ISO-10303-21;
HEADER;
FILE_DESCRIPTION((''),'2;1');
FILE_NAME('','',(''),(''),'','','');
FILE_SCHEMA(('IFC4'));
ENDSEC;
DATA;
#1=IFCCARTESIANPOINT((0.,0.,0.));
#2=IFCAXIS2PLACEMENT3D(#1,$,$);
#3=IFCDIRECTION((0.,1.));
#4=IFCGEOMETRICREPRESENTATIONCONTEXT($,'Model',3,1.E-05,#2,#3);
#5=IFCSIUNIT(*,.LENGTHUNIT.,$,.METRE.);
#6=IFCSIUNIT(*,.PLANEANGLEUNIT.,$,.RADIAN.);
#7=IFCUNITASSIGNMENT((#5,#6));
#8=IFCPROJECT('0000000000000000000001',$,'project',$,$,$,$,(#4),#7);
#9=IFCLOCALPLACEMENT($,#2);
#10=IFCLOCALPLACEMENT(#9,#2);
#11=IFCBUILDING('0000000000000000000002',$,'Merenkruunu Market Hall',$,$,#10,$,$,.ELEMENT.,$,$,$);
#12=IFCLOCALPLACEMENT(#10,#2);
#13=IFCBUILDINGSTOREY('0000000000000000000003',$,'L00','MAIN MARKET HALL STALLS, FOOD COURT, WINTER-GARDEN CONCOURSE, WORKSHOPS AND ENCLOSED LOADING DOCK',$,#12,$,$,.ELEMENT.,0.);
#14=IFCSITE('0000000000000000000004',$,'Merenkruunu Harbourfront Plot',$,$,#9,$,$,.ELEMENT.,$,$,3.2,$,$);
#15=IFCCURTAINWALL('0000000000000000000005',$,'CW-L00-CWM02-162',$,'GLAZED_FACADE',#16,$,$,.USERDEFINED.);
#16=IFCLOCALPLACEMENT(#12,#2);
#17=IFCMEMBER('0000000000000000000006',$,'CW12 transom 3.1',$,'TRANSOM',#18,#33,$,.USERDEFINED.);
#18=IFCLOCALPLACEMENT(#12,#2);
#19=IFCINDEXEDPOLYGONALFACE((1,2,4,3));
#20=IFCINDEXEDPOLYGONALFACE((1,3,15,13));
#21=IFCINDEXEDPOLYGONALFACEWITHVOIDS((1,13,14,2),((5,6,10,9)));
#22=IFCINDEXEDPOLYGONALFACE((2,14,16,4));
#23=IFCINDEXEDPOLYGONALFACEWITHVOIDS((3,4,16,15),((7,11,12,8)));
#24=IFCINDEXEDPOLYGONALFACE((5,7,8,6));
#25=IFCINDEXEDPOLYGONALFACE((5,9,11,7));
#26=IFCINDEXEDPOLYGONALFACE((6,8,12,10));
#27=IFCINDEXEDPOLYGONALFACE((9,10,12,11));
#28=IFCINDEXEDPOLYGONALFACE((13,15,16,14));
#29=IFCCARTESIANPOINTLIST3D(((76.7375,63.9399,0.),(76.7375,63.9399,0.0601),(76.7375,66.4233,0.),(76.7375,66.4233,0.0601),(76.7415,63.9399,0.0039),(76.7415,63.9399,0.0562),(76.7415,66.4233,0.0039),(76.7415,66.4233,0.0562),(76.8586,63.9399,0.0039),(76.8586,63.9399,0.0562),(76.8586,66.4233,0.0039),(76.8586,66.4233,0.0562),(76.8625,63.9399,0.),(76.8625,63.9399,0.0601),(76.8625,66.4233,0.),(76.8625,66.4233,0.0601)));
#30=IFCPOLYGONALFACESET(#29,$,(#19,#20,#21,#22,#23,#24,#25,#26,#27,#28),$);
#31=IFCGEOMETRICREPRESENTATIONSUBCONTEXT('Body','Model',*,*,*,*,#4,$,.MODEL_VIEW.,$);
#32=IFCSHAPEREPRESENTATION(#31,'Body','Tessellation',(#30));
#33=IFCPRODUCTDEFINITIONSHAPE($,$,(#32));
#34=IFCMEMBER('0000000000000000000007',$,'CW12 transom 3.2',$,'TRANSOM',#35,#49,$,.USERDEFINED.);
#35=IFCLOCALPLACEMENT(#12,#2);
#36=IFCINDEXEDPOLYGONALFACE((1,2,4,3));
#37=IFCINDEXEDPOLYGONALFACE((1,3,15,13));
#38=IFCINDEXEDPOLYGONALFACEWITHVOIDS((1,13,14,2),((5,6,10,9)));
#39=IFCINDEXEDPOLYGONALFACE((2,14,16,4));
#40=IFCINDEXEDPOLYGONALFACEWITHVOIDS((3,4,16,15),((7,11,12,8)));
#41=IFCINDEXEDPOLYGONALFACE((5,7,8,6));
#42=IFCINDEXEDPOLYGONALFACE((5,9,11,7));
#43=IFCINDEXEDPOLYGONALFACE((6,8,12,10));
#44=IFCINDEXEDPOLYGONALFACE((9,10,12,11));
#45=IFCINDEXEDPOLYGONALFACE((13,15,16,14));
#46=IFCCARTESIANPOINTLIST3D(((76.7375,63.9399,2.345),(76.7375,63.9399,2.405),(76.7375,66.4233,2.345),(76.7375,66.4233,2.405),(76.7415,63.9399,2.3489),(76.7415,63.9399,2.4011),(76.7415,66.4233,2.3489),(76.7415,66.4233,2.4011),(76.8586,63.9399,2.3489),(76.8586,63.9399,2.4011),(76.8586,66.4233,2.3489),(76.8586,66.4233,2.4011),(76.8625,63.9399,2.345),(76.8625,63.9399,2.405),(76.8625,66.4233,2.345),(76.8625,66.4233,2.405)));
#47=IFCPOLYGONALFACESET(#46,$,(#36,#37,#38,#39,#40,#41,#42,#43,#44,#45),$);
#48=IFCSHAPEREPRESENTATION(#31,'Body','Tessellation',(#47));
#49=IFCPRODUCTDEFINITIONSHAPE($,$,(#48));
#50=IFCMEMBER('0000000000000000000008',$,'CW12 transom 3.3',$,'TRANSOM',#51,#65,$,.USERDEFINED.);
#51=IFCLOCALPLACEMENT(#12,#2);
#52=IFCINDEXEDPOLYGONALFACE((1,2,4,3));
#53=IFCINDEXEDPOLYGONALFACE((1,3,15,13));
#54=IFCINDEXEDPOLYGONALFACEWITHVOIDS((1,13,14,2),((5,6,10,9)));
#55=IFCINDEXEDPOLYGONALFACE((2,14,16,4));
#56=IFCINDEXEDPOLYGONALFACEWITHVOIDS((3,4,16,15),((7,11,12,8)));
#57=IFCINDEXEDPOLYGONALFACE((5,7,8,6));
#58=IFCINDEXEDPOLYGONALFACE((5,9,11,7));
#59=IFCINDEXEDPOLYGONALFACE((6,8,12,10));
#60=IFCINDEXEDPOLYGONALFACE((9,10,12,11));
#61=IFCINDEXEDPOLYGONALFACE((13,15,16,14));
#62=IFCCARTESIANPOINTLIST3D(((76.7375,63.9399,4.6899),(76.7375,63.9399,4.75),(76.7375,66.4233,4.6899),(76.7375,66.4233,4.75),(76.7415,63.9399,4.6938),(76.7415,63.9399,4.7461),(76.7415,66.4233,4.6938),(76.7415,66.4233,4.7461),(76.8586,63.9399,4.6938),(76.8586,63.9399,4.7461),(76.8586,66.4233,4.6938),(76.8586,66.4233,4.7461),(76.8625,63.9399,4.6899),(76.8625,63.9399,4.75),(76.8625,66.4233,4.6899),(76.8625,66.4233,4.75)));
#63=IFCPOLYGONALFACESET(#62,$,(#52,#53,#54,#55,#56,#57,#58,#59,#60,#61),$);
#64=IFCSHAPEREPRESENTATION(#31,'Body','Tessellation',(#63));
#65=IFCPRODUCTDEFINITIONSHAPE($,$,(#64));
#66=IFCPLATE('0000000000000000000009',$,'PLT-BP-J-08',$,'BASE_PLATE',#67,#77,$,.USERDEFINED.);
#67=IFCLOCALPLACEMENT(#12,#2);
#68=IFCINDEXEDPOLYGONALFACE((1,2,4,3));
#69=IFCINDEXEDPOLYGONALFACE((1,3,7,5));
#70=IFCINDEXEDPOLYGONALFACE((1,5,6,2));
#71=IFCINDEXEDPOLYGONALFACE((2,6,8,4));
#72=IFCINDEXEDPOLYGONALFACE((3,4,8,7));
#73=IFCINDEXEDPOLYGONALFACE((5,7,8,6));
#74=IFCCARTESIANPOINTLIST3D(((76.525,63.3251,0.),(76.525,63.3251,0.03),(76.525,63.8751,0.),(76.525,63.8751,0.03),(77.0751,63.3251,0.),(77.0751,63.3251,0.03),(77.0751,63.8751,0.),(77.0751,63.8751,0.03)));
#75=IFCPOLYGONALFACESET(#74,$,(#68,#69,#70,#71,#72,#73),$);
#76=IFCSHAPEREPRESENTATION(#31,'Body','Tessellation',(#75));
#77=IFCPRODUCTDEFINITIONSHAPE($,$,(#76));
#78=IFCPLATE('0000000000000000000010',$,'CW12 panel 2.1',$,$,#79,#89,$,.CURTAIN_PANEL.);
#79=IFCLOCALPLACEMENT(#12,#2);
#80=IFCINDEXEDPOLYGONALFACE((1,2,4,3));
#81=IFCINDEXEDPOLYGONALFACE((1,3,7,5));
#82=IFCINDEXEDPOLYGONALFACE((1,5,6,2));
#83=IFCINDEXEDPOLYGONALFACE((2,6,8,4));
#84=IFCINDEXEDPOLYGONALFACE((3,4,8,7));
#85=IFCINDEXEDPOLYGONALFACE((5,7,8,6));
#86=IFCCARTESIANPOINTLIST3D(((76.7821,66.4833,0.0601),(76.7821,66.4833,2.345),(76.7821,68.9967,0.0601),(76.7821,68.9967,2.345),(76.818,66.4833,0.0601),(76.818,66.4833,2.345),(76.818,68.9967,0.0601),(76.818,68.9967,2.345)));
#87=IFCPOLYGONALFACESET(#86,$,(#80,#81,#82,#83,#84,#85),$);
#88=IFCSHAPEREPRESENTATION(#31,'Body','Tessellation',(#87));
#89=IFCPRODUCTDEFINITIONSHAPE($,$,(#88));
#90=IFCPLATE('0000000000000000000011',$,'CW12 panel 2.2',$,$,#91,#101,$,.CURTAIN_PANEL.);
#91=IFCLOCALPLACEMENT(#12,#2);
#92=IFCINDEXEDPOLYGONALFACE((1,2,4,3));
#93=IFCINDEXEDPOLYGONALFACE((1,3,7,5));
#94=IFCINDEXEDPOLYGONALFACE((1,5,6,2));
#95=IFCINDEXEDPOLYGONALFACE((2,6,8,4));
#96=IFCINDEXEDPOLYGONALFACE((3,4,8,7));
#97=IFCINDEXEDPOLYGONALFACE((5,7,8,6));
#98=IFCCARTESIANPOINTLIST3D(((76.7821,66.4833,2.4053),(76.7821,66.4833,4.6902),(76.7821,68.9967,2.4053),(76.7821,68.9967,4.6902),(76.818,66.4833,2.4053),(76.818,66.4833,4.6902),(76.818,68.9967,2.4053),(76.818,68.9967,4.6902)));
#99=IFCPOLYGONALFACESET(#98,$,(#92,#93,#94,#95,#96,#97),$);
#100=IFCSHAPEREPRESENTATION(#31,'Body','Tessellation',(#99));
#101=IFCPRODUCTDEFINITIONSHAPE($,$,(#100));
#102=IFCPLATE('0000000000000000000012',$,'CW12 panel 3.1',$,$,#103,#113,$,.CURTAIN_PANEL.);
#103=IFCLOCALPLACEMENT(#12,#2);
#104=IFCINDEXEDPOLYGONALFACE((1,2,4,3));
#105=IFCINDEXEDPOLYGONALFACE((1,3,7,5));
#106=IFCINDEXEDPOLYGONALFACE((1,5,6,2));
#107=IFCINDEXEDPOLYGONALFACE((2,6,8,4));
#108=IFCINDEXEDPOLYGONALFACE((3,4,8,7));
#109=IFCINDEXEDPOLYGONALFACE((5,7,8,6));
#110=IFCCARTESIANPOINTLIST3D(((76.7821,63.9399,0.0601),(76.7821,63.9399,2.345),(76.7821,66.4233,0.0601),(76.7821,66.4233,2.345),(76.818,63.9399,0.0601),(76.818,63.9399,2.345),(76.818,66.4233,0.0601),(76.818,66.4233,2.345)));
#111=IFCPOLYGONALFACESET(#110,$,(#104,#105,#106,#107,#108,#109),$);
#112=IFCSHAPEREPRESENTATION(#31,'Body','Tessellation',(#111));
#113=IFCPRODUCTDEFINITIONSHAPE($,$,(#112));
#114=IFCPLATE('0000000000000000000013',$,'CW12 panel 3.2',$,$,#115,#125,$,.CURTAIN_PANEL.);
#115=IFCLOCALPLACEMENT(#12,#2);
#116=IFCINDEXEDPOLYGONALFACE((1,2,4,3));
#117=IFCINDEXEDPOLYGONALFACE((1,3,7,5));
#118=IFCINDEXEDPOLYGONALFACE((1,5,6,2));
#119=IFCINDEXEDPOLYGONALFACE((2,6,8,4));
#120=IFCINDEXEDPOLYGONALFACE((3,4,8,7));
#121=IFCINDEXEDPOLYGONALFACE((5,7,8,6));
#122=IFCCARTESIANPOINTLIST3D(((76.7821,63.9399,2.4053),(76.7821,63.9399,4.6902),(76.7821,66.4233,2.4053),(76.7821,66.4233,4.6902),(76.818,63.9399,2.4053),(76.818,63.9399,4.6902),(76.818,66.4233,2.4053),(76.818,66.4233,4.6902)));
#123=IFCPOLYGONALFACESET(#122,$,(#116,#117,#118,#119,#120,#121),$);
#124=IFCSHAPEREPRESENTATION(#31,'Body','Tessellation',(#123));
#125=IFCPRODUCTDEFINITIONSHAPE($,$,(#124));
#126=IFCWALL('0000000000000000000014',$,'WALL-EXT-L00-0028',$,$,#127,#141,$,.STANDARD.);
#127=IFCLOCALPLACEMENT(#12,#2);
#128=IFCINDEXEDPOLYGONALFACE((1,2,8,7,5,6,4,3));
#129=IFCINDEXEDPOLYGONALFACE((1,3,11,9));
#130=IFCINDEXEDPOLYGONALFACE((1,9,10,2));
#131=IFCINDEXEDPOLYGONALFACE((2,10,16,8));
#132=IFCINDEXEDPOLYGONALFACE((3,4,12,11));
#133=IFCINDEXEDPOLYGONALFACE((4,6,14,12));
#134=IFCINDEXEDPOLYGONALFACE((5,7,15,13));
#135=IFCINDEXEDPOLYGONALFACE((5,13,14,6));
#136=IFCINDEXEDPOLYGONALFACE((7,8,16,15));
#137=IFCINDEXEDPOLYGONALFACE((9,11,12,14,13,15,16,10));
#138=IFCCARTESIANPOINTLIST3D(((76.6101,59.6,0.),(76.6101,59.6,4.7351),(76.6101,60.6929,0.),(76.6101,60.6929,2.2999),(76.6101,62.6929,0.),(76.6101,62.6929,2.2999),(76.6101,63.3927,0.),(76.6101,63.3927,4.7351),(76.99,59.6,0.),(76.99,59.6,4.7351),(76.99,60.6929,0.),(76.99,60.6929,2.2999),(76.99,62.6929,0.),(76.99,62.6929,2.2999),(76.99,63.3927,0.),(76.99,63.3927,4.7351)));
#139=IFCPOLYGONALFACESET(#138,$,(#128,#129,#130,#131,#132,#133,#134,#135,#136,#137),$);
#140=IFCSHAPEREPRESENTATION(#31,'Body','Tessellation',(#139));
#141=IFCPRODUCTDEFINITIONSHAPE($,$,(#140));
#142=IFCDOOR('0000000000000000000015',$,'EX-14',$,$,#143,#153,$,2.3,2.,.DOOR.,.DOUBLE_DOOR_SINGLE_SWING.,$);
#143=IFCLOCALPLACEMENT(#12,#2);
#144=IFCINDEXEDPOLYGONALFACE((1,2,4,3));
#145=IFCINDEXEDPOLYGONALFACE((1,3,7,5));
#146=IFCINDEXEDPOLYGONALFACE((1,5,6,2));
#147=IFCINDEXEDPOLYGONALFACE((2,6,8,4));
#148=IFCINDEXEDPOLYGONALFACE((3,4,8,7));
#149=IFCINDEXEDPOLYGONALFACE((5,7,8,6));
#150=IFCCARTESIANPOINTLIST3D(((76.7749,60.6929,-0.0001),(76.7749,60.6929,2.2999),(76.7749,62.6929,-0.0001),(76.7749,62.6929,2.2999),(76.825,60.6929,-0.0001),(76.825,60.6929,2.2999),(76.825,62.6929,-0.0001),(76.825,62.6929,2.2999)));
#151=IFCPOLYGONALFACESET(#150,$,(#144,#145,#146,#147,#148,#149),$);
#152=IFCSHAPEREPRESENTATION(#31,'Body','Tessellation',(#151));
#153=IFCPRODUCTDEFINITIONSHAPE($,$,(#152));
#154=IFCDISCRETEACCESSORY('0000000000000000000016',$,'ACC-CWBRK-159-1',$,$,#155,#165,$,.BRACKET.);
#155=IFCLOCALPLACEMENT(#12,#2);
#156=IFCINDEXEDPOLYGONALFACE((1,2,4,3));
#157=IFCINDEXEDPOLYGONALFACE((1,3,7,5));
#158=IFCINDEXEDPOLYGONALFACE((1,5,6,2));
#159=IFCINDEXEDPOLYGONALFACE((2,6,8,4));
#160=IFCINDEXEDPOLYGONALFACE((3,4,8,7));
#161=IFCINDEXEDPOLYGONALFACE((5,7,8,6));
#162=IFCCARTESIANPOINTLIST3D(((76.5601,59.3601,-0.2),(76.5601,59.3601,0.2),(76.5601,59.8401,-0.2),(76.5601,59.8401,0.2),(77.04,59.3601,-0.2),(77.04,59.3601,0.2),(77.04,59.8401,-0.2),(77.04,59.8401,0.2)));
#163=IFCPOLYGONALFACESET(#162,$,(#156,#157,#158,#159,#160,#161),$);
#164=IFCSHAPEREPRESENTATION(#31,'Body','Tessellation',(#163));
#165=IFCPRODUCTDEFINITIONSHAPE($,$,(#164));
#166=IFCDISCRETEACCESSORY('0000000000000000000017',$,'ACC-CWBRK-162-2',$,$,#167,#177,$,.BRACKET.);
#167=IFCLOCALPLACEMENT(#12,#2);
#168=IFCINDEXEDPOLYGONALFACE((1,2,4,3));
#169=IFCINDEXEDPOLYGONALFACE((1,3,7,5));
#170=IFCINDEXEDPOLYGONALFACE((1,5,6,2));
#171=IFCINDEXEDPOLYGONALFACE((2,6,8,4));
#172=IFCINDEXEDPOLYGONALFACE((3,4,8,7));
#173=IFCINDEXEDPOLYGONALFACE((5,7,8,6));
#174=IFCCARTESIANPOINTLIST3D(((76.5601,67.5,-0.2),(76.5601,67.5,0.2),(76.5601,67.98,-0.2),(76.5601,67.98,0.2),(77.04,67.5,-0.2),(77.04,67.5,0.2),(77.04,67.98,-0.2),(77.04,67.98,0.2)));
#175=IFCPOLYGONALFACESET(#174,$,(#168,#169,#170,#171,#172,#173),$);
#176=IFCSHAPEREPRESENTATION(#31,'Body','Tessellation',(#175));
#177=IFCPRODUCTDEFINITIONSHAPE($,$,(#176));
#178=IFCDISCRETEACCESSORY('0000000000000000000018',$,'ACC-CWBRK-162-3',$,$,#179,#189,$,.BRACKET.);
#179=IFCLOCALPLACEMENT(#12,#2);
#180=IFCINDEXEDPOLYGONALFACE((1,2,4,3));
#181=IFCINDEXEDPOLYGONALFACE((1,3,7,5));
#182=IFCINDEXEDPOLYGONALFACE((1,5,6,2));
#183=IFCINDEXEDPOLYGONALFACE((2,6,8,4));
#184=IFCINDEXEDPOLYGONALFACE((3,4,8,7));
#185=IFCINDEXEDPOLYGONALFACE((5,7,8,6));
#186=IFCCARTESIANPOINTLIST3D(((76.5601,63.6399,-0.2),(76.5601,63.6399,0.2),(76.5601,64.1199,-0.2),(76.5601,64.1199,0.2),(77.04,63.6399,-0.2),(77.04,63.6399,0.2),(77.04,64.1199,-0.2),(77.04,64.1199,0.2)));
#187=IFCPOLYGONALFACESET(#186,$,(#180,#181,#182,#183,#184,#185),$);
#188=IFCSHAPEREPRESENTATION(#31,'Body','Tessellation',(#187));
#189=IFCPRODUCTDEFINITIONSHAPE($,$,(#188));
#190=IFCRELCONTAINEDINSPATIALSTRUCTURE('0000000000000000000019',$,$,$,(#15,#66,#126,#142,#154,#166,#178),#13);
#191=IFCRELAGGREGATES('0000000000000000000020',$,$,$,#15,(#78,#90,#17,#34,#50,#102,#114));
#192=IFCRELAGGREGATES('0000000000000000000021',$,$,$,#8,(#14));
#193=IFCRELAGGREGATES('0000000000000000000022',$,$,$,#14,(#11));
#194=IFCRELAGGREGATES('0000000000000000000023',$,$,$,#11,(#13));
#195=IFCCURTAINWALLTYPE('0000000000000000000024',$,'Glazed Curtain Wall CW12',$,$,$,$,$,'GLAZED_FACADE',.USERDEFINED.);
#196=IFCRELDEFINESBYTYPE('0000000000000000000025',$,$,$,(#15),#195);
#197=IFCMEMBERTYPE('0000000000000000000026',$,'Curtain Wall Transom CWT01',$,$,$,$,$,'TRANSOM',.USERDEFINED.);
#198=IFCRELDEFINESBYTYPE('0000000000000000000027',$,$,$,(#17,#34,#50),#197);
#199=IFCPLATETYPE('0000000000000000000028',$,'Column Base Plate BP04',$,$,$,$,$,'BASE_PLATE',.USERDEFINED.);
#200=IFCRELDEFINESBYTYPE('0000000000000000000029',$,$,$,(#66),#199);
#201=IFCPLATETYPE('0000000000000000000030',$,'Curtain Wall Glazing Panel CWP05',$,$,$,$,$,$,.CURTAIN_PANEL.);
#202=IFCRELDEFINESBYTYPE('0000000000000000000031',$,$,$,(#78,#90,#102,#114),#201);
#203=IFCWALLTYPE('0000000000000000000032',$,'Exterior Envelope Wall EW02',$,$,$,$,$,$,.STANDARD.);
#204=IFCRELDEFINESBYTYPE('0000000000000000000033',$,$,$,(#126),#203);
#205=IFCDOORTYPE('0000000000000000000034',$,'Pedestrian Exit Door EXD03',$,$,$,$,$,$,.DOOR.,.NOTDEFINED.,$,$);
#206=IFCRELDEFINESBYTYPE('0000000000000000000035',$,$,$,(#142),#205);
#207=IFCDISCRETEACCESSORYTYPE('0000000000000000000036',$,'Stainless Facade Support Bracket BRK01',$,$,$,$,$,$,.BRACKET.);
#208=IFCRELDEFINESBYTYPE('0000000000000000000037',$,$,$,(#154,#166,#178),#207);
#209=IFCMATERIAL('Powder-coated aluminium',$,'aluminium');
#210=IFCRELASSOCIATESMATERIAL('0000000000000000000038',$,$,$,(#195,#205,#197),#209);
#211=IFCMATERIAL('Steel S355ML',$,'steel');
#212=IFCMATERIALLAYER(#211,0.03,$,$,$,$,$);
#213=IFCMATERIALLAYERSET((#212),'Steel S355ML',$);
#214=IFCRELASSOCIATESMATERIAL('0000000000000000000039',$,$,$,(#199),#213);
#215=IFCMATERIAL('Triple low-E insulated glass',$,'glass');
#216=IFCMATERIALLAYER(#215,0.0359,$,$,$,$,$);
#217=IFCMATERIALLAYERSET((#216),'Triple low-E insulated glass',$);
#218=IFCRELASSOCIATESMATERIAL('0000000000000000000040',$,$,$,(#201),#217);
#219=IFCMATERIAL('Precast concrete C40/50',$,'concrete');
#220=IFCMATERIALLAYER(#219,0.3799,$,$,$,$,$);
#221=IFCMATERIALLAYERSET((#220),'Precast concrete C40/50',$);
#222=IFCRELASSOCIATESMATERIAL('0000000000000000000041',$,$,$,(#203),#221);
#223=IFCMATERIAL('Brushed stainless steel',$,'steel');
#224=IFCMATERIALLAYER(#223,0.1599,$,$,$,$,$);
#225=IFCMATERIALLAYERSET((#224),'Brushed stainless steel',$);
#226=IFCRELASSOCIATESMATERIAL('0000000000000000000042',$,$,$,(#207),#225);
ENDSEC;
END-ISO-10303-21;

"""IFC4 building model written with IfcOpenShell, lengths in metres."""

from ifc_helpers import new_model, si_unit, direction, frame, frame_2d, origin, origin_2d, place, context, subcontext, project, spatial, rectangle, hollow_rectangle, extrude, material, layer, layer_set, material_profile, profile_set, type_object, element, fill, aggregate, save


model = new_model("IFC4")

# Units and contexts
model_context = context("Model", 3, precision=1e-05, world=origin(), true_north=direction((0.0, 1.0)))
body_context = subcontext(model_context, "Body", "Model", "MODEL_VIEW")
ifc_project = project(units=[si_unit("LENGTHUNIT", "METRE"), si_unit("PLANEANGLEUNIT", "RADIAN")], contexts=[model_context])

# Site, building, storey
site_placement = place(None, origin())
site = spatial("IfcSite", under=ifc_project, at=site_placement, Name="Merenkruunu Harbourfront Plot", CompositionType="ELEMENT", RefElevation=3.2)
building_placement = place(site_placement, origin())
building = spatial("IfcBuilding", under=site, at=building_placement, Name="Merenkruunu Market Hall", CompositionType="ELEMENT")
storey_placement = place(building_placement, origin())
storey = spatial("IfcBuildingStorey", under=building, at=storey_placement, Name="L00", Description="MAIN MARKET HALL STALLS, FOOD COURT, WINTER-GARDEN CONCOURSE, WORKSHOPS AND ENCLOSED LOADING DOCK", CompositionType="ELEMENT", Elevation=0.0)

# Shared definitions
ifc_material_1 = material(Name="Steel S355ML", Category="steel")

# Shared definitions
ifc_material_2 = material(Name="Powder-coated aluminium", Category="aluminium")
curtain_wall_type = type_object("IfcCurtainWallType", Name="Glazed Curtain Wall CW12", ElementType="GLAZED_FACADE", PredefinedType="USERDEFINED", material=ifc_material_2)

# Curtain wall
curtain_wall_1_placement = place(storey_placement, origin())
curtain_wall_1 = element("IfcCurtainWall", 1, at=curtain_wall_1_placement, inside=storey, type_object=curtain_wall_type, Name="CW-L00-CWM02-162", ObjectType="GLAZED_FACADE", PredefinedType="USERDEFINED")

# Members
ifc_material_profile_1 = material_profile(ifc_material_2, hollow_rectangle(XDim=0.0601, YDim=0.125, WallThickness=0.0039, at=origin_2d()), Name="ALU 60x125x4")
ifc_profile_set_1 = profile_set([ifc_material_profile_1], Name="Powder-coated aluminium")
member_type_1 = type_object("IfcMemberType", Name="Curtain Wall Transom CWT01", ElementType="TRANSOM", PredefinedType="USERDEFINED", material=ifc_profile_set_1)
member_1_placement = place(storey_placement, frame((76.8, 66.4233, 0.03), z_axis=(0.0, -1.0, 0.0), x_axis=(0.0, 0.0, 1.0)))
member_1 = element("IfcMember", 2, at=member_1_placement, type_object=member_type_1, Name="CW12 transom 3.1", ObjectType="TRANSOM", PredefinedType="USERDEFINED", context=body_context, shape_type="SweptSolid", body=[
    extrude(hollow_rectangle(XDim=0.0601, YDim=0.125, WallThickness=0.0039, at=origin_2d()), origin(), (0.0, 0.0, 1.0), 2.4834),
])
member_2_placement = place(storey_placement, frame((76.8, 66.4233, 2.375), z_axis=(0.0, -1.0, 0.0), x_axis=(0.0, 0.0, 1.0)))
member_2 = element("IfcMember", 3, at=member_2_placement, type_object=member_type_1, Name="CW12 transom 3.2", ObjectType="TRANSOM", PredefinedType="USERDEFINED", context=body_context, shape_type="SweptSolid", body=[
    extrude(hollow_rectangle(XDim=0.0601, YDim=0.125, WallThickness=0.0039, at=origin_2d()), origin(), (0.0, 0.0, 1.0), 2.4834),
])
member_3_placement = place(storey_placement, frame((76.8, 66.4233, 4.72), z_axis=(0.0, -1.0, 0.0), x_axis=(0.0, 0.0, 1.0)))
member_3 = element("IfcMember", 4, at=member_3_placement, type_object=member_type_1, Name="CW12 transom 3.3", ObjectType="TRANSOM", PredefinedType="USERDEFINED", context=body_context, shape_type="SweptSolid", body=[
    extrude(hollow_rectangle(XDim=0.0601, YDim=0.125, WallThickness=0.0039, at=origin_2d()), origin(), (0.0, 0.0, 1.0), 2.4834),
])

# Plates
ifc_layer_1 = layer(ifc_material_1, 0.03)
ifc_layer_set_1 = layer_set([ifc_layer_1], Name="Steel S355ML")
plate_type_1 = type_object("IfcPlateType", Name="Column Base Plate BP04", ElementType="BASE_PLATE", PredefinedType="USERDEFINED", material=ifc_layer_set_1)
plate_1_placement = place(storey_placement, frame((76.8, 63.6001, 0.0), z_axis=(0.0, 0.0, 1.0), x_axis=(1.0, 0.0, 0.0)))
element("IfcPlate", 5, at=plate_1_placement, inside=storey, type_object=plate_type_1, Name="PLT-BP-J-08", ObjectType="BASE_PLATE", PredefinedType="USERDEFINED", context=body_context, shape_type="SweptSolid", body=[
    extrude(rectangle(XDim=0.55, YDim=0.55, at=origin_2d()), origin(), (0.0, 0.0, 1.0), 0.03),
])
ifc_material_3 = material(Name="Triple low-E insulated glass", Category="glass")
ifc_layer_2 = layer(ifc_material_3, 0.0359)
ifc_layer_set_2 = layer_set([ifc_layer_2], Name="Triple low-E insulated glass")
plate_type_2 = type_object("IfcPlateType", Name="Curtain Wall Glazing Panel CWP05", PredefinedType="CURTAIN_PANEL", material=ifc_layer_set_2)
plate_2_placement = place(storey_placement, frame((76.8, 67.74, 0.0601), z_axis=(0.0, 0.0, 1.0), x_axis=(0.0, -1.0, 0.0)))
plate_2 = element("IfcPlate", 6, at=plate_2_placement, type_object=plate_type_2, Name="CW12 panel 2.1", PredefinedType="CURTAIN_PANEL", context=body_context, shape_type="SweptSolid", body=[
    extrude(rectangle(XDim=2.5134, YDim=0.0359, at=origin_2d()), origin(), (0.0, 0.0, 1.0), 2.2849),
])
plate_3_placement = place(storey_placement, frame((76.8, 67.74, 2.4053), z_axis=(0.0, 0.0, 1.0), x_axis=(0.0, -1.0, 0.0)))
plate_3 = element("IfcPlate", 7, at=plate_3_placement, type_object=plate_type_2, Name="CW12 panel 2.2", PredefinedType="CURTAIN_PANEL", context=body_context, shape_type="SweptSolid", body=[
    extrude(rectangle(XDim=2.5134, YDim=0.0359, at=origin_2d()), origin(), (0.0, 0.0, 1.0), 2.2849),
])
plate_4_placement = place(storey_placement, frame((76.8, 65.1816, 0.0601), z_axis=(0.0, 0.0, 1.0), x_axis=(0.0, -1.0, 0.0)))
plate_4 = element("IfcPlate", 8, at=plate_4_placement, type_object=plate_type_2, Name="CW12 panel 3.1", PredefinedType="CURTAIN_PANEL", context=body_context, shape_type="SweptSolid", body=[
    extrude(rectangle(XDim=2.4834, YDim=0.0359, at=origin_2d()), origin(), (0.0, 0.0, 1.0), 2.2849),
])
plate_5_placement = place(storey_placement, frame((76.8, 65.1816, 2.4053), z_axis=(0.0, 0.0, 1.0), x_axis=(0.0, -1.0, 0.0)))
plate_5 = element("IfcPlate", 9, at=plate_5_placement, type_object=plate_type_2, Name="CW12 panel 3.2", PredefinedType="CURTAIN_PANEL", context=body_context, shape_type="SweptSolid", body=[
    extrude(rectangle(XDim=2.4834, YDim=0.0359, at=origin_2d()), origin(), (0.0, 0.0, 1.0), 2.2849),
])
aggregate(curtain_wall_1, [plate_2, plate_3, member_1, member_2, member_3, plate_4, plate_5])

# Wall, opening, door
ifc_material_4 = material(Name="Precast concrete C40/50", Category="concrete")
ifc_layer_3 = layer(ifc_material_4, 0.3799)
ifc_layer_set_3 = layer_set([ifc_layer_3], Name="Precast concrete C40/50")
wall_type = type_object("IfcWallType", Name="Exterior Envelope Wall EW02", PredefinedType="STANDARD", material=ifc_layer_set_3)
wall_placement = place(storey_placement, frame((76.8, 63.3928, 0.0), z_axis=(0.0, 0.0, 1.0), x_axis=(0.0, -1.0, 0.0)))
wall = element("IfcWall", 10, at=wall_placement, inside=storey, type_object=wall_type, Name="WALL-EXT-L00-0028", PredefinedType="STANDARD", context=body_context, shape_type="SweptSolid", body=[
    extrude(rectangle(XDim=3.7927, YDim=0.3799, at=frame_2d((1.8965, 0.0))), origin(), (0.0, 0.0, 1.0), 4.7351),
])
opening_placement = place(wall_placement, frame((0.7, 0.0, 0.0)))
opening = element("IfcOpeningElement", 11, at=opening_placement, cuts=wall, PredefinedType="OPENING", context=body_context, shape_type="SweptSolid", body=[
    extrude(rectangle(XDim=2.0, YDim=2.3, at=frame_2d((1.0, 1.1499))), frame((0.0, 0.2, 0.0), z_axis=(0.0, -1.0, 0.0), x_axis=(1.0, 0.0, 0.0)), (0.0, 0.0, 1.0), 0.3999),
])
door_type = type_object("IfcDoorType", Name="Pedestrian Exit Door EXD03", OperationType="NOTDEFINED", PredefinedType="DOOR", material=ifc_material_2)
door_placement = place(opening_placement, origin())
door = element("IfcDoor", 12, at=door_placement, inside=storey, type_object=door_type, Name="EX-14", OperationType="DOUBLE_DOOR_SINGLE_SWING", OverallHeight=2.3, OverallWidth=2.0, PredefinedType="DOOR", context=body_context, shape_type="SweptSolid", body=[
    extrude(rectangle(XDim=2.0, YDim=2.3, at=frame_2d((1.0, 1.1499))), frame((0.0, 0.0249, 0.0), z_axis=(0.0, -1.0, 0.0), x_axis=(1.0, 0.0, 0.0)), (0.0, 0.0, 1.0), 0.05),
])
fill(opening, door)

# Discrete accessories
ifc_material_5 = material(Name="Brushed stainless steel", Category="steel")
ifc_layer_4 = layer(ifc_material_5, 0.1599)
ifc_layer_set_4 = layer_set([ifc_layer_4], Name="Brushed stainless steel")
discrete_accessory_type = type_object("IfcDiscreteAccessoryType", Name="Stainless Facade Support Bracket BRK01", PredefinedType="BRACKET", material=ifc_layer_set_4)
for number, where, z_axis, x_axis, name in (
    (13, (76.8, 59.6001, -0.2), (0.0, 0.0, 1.0), (1.0, 0.0, 0.0), "ACC-CWBRK-159-1"),
    (14, (76.8, 67.74, -0.2), (0.0, 0.0, 1.0), (1.0, 0.0, 0.0), "ACC-CWBRK-162-2"),
    (15, (76.8, 63.8799, -0.2), (0.0, 0.0, 1.0), (1.0, 0.0, 0.0), "ACC-CWBRK-162-3"),
):
    element("IfcDiscreteAccessory", number, at=place(storey_placement, frame(where, z_axis=z_axis, x_axis=x_axis)), inside=storey, type_object=discrete_accessory_type, Name=name, PredefinedType="BRACKET", context=body_context, shape_type="SweptSolid", body=[
        extrude(rectangle(XDim=0.48, YDim=0.48, at=origin_2d()), origin(), (0.0, 0.0, 1.0), 0.3999),
    ])

save(model, "model.ifc")
